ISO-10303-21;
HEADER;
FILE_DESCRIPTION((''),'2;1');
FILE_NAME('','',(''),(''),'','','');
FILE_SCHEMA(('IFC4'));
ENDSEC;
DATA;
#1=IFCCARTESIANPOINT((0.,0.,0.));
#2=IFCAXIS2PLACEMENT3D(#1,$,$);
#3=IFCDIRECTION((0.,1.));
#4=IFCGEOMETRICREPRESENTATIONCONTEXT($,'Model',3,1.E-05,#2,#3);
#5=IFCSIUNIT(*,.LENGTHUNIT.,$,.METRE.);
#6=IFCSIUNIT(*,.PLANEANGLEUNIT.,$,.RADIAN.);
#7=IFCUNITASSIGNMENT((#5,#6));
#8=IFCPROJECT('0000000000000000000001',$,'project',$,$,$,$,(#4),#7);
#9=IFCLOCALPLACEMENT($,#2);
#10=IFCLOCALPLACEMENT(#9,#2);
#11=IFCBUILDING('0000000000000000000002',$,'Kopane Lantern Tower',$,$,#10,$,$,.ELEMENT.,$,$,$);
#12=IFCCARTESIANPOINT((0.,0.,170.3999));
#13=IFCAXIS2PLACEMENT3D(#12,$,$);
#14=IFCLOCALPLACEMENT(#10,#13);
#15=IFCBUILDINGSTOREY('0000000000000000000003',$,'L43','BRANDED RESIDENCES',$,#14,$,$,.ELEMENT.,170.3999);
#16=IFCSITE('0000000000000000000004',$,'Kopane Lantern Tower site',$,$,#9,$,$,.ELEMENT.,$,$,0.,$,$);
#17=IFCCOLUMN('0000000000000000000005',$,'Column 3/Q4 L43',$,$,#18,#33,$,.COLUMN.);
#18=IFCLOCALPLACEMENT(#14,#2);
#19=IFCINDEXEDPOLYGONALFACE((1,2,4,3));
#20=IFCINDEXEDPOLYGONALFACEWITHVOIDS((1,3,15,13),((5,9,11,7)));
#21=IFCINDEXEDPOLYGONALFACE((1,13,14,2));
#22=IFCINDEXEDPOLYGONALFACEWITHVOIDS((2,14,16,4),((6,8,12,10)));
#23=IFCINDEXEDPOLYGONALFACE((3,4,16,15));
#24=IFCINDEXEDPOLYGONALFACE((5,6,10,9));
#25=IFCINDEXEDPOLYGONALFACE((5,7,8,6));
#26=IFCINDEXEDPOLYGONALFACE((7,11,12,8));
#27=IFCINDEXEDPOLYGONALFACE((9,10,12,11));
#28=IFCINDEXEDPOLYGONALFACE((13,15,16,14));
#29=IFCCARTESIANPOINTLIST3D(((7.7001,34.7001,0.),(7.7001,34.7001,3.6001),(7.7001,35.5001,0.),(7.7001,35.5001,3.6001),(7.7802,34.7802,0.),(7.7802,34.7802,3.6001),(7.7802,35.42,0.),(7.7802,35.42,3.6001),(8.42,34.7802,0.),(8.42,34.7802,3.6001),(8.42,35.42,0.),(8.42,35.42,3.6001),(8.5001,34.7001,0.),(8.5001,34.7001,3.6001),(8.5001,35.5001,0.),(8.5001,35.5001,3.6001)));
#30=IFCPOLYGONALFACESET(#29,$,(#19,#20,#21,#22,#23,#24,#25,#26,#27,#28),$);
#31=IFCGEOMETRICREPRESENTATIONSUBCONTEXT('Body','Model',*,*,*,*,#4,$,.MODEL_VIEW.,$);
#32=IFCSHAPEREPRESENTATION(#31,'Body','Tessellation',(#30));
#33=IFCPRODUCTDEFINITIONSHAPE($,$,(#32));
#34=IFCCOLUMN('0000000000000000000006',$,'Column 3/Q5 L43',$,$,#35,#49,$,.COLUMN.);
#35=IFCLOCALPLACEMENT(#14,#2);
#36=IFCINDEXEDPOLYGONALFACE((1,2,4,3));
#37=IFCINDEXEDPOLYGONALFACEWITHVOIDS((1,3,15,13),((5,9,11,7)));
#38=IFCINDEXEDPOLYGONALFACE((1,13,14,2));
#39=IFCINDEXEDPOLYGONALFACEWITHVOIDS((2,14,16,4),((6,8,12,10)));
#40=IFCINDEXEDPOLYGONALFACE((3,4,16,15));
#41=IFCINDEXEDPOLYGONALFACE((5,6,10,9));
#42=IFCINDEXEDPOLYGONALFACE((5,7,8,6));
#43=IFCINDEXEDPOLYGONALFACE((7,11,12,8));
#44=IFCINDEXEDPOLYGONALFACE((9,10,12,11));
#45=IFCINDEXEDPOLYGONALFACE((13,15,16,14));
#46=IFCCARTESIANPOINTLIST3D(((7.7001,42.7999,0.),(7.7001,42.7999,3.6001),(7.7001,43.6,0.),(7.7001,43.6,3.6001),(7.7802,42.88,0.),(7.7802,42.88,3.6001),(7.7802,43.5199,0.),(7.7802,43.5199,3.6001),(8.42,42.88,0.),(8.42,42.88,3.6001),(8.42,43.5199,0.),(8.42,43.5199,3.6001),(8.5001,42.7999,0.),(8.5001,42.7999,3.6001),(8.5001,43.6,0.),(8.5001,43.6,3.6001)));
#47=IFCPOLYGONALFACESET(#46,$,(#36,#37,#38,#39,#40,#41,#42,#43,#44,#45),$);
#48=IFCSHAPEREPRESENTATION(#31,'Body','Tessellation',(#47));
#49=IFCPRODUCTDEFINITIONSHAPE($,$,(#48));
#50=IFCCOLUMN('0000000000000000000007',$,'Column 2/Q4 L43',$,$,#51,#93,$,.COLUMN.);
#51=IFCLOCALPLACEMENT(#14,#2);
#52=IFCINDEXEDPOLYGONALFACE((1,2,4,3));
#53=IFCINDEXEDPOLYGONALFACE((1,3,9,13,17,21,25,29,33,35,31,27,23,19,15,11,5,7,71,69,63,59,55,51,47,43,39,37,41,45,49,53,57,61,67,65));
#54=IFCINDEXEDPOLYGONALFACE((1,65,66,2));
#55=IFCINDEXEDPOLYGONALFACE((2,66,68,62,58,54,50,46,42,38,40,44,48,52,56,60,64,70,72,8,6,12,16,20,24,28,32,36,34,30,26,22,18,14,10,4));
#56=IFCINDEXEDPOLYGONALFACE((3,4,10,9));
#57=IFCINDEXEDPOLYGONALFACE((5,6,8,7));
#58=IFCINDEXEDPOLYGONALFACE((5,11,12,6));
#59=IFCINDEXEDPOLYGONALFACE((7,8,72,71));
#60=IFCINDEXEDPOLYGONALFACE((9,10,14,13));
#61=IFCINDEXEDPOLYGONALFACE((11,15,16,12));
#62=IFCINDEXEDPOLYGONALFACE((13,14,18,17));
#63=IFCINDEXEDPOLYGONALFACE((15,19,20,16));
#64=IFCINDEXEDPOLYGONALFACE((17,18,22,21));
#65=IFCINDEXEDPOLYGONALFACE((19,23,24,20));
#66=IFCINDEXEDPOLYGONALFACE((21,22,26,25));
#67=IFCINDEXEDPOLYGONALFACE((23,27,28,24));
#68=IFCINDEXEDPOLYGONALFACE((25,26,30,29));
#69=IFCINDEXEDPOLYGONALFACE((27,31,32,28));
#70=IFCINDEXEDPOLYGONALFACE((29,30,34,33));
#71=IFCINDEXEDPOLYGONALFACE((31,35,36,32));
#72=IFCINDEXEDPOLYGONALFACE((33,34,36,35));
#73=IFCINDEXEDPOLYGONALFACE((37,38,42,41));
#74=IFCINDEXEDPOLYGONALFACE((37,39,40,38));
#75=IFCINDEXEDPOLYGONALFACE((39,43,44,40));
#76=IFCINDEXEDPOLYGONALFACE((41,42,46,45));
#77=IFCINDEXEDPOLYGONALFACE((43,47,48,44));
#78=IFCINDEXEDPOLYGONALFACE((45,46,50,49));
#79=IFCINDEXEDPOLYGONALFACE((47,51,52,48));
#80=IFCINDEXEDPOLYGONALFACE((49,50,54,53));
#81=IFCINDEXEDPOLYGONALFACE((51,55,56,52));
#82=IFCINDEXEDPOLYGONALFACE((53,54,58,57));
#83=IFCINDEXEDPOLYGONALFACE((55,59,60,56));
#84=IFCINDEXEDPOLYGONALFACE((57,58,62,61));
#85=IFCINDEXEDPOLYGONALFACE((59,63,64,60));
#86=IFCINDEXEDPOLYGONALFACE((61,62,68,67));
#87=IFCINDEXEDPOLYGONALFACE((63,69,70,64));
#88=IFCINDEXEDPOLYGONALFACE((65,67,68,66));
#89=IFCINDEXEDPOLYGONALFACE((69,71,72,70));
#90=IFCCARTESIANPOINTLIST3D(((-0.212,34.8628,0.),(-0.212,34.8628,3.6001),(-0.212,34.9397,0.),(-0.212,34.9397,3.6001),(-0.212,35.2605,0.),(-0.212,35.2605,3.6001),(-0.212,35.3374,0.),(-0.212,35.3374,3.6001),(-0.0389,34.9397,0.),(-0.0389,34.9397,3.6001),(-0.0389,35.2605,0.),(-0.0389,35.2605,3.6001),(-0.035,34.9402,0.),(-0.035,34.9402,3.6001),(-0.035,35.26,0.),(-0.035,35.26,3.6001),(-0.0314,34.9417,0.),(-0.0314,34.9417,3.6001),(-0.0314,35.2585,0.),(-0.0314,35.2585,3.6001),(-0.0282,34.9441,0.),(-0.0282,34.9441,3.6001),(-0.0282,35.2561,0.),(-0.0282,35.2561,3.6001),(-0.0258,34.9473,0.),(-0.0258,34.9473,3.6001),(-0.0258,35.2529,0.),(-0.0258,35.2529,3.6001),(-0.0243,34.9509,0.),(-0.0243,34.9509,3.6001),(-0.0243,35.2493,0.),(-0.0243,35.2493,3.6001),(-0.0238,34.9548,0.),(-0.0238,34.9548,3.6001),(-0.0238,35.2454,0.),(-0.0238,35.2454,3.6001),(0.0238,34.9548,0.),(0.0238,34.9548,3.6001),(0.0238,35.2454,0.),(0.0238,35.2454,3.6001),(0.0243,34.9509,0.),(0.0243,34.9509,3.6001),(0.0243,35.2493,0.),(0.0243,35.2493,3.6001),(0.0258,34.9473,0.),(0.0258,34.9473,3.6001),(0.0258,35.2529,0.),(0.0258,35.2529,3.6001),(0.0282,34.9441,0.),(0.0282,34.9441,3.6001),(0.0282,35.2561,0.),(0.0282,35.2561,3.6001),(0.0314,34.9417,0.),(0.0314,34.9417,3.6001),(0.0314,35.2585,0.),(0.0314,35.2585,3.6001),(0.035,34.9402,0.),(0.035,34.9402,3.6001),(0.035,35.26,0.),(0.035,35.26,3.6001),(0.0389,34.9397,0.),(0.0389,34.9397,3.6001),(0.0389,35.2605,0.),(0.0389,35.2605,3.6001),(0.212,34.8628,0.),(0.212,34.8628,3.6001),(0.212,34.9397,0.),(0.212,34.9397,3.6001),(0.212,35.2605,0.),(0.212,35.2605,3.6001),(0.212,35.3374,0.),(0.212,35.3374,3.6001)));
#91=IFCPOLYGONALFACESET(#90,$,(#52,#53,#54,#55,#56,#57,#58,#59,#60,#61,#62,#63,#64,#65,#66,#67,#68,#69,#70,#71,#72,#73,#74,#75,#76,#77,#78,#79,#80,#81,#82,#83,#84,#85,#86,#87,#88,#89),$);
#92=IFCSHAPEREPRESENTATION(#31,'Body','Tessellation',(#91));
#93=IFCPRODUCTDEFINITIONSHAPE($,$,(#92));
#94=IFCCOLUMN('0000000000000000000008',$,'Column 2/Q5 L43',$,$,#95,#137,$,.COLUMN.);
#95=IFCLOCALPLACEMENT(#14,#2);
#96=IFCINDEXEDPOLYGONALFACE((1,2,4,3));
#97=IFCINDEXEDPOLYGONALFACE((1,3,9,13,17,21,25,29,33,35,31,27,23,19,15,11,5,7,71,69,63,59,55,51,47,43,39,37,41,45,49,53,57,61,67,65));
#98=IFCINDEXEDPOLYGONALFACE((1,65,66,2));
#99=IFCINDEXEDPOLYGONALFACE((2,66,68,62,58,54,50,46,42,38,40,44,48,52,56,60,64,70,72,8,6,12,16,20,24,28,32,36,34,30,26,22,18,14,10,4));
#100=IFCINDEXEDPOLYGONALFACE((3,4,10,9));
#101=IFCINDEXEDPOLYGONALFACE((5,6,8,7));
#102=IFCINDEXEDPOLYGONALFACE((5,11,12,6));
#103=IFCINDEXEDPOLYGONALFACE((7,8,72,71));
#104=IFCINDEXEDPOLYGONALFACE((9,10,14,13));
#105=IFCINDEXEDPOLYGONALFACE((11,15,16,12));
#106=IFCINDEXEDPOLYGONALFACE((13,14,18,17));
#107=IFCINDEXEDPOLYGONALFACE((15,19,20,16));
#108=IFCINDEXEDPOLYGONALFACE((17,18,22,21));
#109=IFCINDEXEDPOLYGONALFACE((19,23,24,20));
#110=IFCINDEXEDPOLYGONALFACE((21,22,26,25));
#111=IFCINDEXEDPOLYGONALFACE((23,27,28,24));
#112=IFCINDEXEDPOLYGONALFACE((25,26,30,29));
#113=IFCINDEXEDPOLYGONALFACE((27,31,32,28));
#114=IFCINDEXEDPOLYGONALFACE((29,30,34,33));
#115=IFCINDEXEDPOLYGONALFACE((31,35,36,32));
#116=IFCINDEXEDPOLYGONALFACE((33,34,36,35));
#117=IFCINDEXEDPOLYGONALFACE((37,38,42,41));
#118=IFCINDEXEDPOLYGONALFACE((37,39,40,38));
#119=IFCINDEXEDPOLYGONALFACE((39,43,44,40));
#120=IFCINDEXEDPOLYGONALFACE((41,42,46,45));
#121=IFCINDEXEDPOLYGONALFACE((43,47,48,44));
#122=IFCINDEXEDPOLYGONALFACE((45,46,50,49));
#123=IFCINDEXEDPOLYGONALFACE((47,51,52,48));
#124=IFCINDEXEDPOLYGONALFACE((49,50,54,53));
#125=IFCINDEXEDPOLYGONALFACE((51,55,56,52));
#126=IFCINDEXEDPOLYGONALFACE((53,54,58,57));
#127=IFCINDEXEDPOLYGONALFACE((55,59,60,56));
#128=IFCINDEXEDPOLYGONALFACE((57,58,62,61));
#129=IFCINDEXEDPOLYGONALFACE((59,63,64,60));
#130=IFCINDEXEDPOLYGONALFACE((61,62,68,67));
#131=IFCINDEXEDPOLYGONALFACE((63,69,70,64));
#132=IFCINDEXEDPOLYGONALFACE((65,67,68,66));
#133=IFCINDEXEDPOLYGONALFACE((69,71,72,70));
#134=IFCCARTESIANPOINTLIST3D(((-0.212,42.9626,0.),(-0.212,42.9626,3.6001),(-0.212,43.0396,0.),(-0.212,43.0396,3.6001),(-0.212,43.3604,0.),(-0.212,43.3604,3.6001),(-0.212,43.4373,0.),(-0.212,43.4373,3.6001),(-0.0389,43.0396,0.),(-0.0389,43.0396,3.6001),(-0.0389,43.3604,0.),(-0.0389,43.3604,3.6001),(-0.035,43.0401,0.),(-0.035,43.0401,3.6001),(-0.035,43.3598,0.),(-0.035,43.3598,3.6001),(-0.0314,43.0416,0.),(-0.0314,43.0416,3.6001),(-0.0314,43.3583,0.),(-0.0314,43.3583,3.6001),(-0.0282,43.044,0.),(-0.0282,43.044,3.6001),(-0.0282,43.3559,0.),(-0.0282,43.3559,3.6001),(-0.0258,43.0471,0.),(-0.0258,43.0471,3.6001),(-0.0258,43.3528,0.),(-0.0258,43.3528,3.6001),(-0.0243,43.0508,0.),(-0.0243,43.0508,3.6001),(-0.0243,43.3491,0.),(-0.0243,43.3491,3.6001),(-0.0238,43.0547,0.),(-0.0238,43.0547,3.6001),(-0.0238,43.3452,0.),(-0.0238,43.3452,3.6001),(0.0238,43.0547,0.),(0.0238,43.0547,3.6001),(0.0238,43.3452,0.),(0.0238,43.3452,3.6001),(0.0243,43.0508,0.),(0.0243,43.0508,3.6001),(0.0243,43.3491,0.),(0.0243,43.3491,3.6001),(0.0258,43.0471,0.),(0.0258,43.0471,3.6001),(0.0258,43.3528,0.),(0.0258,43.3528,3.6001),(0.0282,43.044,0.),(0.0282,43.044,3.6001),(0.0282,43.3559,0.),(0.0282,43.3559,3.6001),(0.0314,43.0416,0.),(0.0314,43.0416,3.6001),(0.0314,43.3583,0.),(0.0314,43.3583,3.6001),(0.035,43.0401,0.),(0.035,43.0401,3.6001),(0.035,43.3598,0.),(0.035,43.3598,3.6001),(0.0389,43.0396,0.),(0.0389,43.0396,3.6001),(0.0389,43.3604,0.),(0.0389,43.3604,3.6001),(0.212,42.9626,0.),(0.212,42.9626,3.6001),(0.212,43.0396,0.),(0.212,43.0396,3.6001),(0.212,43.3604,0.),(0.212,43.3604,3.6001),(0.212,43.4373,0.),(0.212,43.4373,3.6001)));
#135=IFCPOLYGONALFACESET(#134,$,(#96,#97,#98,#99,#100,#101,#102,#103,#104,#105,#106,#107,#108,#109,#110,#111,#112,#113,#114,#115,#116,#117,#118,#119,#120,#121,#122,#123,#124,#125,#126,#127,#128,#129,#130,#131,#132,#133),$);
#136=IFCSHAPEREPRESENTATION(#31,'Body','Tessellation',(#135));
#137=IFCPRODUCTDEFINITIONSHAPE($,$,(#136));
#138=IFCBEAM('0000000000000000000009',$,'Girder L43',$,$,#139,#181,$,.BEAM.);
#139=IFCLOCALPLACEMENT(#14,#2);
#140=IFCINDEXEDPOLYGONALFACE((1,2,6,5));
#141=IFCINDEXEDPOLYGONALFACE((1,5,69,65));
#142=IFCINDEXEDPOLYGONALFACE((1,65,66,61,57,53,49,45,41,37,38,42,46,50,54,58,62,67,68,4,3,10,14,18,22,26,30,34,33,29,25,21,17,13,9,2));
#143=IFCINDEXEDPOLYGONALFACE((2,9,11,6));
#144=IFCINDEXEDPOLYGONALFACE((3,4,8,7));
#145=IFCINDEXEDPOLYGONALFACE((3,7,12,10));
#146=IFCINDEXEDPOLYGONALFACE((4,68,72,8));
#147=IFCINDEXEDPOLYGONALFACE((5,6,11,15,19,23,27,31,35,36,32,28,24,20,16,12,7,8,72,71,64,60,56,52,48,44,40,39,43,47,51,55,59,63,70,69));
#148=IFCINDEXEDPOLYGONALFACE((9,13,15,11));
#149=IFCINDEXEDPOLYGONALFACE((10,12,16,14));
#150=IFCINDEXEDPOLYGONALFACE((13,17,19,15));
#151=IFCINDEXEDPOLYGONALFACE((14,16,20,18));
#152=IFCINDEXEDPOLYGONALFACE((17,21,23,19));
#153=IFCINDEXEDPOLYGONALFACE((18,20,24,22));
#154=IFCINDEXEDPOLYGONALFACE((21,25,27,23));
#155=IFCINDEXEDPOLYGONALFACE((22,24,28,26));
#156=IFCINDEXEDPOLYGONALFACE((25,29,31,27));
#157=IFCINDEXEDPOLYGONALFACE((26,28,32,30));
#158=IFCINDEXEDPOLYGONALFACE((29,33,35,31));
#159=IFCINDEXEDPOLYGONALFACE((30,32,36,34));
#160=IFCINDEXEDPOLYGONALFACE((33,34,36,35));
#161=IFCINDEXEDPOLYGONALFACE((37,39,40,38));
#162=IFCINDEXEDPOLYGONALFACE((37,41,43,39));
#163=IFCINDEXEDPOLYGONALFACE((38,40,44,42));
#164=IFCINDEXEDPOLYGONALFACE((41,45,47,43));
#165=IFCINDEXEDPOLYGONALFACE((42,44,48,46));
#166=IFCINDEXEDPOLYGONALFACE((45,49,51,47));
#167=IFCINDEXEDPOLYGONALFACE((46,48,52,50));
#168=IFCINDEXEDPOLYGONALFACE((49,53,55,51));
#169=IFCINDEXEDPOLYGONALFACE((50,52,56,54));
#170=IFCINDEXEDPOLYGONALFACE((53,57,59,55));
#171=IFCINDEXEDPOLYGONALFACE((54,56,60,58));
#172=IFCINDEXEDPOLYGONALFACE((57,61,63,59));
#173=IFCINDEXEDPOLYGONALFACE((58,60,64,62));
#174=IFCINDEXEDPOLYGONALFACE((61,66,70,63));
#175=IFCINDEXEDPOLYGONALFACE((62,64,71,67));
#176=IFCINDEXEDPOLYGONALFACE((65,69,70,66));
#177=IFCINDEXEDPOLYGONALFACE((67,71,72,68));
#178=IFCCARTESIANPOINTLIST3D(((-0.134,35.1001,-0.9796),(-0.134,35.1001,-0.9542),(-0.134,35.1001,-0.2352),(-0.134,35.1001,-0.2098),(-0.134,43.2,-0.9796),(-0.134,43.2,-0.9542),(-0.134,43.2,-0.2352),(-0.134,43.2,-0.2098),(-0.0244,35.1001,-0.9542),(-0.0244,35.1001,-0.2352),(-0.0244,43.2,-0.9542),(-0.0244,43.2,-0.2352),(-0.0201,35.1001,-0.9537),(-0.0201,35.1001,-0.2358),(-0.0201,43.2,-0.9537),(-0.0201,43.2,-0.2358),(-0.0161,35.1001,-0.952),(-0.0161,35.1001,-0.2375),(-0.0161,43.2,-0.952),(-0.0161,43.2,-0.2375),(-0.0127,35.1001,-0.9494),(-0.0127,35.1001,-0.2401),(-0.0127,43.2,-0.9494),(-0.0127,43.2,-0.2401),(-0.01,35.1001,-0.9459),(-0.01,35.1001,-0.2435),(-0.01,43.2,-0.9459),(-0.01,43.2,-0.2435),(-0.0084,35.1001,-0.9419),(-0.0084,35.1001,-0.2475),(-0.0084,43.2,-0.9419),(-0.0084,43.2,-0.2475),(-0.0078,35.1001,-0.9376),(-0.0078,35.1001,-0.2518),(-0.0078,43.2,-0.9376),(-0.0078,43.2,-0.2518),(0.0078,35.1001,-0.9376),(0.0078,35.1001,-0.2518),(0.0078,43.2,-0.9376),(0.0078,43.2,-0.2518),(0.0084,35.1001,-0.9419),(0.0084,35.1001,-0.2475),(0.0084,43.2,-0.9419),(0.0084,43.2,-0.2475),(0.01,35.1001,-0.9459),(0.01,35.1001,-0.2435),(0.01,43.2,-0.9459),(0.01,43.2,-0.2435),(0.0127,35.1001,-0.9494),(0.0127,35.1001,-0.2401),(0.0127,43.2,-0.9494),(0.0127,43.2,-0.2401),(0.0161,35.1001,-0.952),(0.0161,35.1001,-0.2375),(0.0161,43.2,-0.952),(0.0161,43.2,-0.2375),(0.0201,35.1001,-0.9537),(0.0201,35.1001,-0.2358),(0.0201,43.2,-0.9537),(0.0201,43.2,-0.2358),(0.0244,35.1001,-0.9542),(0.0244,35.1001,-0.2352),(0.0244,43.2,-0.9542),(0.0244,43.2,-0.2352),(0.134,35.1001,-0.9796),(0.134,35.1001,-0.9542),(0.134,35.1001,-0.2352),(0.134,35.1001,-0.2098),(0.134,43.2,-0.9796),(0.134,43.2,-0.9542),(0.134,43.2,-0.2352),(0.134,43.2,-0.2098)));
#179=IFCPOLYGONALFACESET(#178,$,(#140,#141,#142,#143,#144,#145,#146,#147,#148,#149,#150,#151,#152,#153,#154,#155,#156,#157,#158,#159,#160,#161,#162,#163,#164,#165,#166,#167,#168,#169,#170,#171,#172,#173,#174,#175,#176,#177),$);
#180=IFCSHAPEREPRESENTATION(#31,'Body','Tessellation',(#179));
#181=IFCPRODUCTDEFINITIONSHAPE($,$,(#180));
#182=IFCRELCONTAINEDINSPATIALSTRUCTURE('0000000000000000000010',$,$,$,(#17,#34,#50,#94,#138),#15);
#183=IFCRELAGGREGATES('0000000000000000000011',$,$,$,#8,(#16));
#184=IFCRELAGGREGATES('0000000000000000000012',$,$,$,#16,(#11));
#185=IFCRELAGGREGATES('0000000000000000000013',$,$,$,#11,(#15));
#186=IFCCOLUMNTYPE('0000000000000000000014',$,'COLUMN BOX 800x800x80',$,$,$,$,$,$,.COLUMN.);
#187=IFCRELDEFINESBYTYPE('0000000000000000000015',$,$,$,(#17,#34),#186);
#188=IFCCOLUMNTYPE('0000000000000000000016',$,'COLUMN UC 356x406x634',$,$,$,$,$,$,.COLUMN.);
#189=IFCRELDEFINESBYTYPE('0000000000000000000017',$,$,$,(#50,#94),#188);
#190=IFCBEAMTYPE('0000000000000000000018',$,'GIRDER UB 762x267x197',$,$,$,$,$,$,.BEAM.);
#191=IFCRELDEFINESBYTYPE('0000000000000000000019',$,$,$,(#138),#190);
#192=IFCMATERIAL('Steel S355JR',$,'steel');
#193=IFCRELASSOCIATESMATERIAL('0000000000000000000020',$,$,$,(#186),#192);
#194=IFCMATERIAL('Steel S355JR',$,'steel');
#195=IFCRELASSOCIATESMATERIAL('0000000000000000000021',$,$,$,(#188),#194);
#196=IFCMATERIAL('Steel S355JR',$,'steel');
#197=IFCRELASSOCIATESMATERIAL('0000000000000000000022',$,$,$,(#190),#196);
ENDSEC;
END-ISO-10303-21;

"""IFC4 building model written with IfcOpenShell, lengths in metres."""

from ifc_helpers import new_model, si_unit, direction, frame, origin, origin_2d, place, context, subcontext, project, spatial, hollow_rectangle, i_section, extrude, material, material_profile, profile_set, type_object, element, save


model = new_model("IFC4")

# Units and contexts
model_context = context("Model", 3, precision=1e-05, world=origin(), true_north=direction((0.0, 1.0)))
body_context = subcontext(model_context, "Body", "Model", "MODEL_VIEW")
ifc_project = project(units=[si_unit("LENGTHUNIT", "METRE"), si_unit("PLANEANGLEUNIT", "RADIAN")], contexts=[model_context])

# Site, building, storey
site_placement = place(None, origin())
site = spatial("IfcSite", under=ifc_project, at=site_placement, Name="Kopane Lantern Tower site", CompositionType="ELEMENT", RefElevation=0.0)
building_placement = place(site_placement, origin())
building = spatial("IfcBuilding", under=site, at=building_placement, Name="Kopane Lantern Tower", CompositionType="ELEMENT")
storey_placement = place(building_placement, frame((0.0, 0.0, 170.3999)))
storey = spatial("IfcBuildingStorey", under=building, at=storey_placement, Name="L43", Description="BRANDED RESIDENCES", CompositionType="ELEMENT", Elevation=170.3999)

# Columns
ifc_material_1 = material(Name="Steel S355JR", Category="steel")
ifc_material_profile_1 = material_profile(ifc_material_1, hollow_rectangle(XDim=0.8, YDim=0.8, WallThickness=0.0801, at=origin_2d()), Name="BOX 800x800x80")
ifc_profile_set_1 = profile_set([ifc_material_profile_1], Name="Steel S355JR")
column_type_1 = type_object("IfcColumnType", Name="COLUMN BOX 800x800x80", PredefinedType="COLUMN", material=ifc_profile_set_1)
for number, where, z_axis, x_axis, name in (
    (1, (8.1001, 35.1001, 0.0), (0.0, 0.0, 1.0), (1.0, 0.0, 0.0), "Column 3/Q4 L43"),
    (2, (8.1001, 43.2, 0.0), (0.0, 0.0, 1.0), (1.0, 0.0, 0.0), "Column 3/Q5 L43"),
):
    element("IfcColumn", number, at=place(storey_placement, frame(where, z_axis=z_axis, x_axis=x_axis)), inside=storey, type_object=column_type_1, Name=name, PredefinedType="COLUMN", context=body_context, shape_type="SweptSolid", body=[
        extrude(hollow_rectangle(XDim=0.8, YDim=0.8, WallThickness=0.0801, at=origin_2d()), origin(), (0.0, 0.0, 1.0), 3.6001),
    ])
ifc_material_2 = material(Name="Steel S355JR", Category="steel")
ifc_material_profile_2 = material_profile(ifc_material_2, i_section(OverallWidth=0.4241, OverallDepth=0.4746, WebThickness=0.0476, FlangeThickness=0.0769, FilletRadius=0.0151, at=origin_2d()), Name="UC 356x406x634")
ifc_profile_set_2 = profile_set([ifc_material_profile_2], Name="Steel S355JR")
column_type_2 = type_object("IfcColumnType", Name="COLUMN UC 356x406x634", PredefinedType="COLUMN", material=ifc_profile_set_2)
for number, where, z_axis, x_axis, name in (
    (3, (0.0, 35.1001, 0.0), (0.0, 0.0, 1.0), (1.0, 0.0, 0.0), "Column 2/Q4 L43"),
    (4, (0.0, 43.2, 0.0), (0.0, 0.0, 1.0), (1.0, 0.0, 0.0), "Column 2/Q5 L43"),
):
    element("IfcColumn", number, at=place(storey_placement, frame(where, z_axis=z_axis, x_axis=x_axis)), inside=storey, type_object=column_type_2, Name=name, PredefinedType="COLUMN", context=body_context, shape_type="SweptSolid", body=[
        extrude(i_section(OverallWidth=0.4241, OverallDepth=0.4746, WebThickness=0.0476, FlangeThickness=0.0769, FilletRadius=0.0151, at=origin_2d()), origin(), (0.0, 0.0, 1.0), 3.6001),
    ])

# Beam
ifc_material_3 = material(Name="Steel S355JR", Category="steel")
ifc_material_profile_3 = material_profile(ifc_material_3, i_section(OverallWidth=0.2681, OverallDepth=0.7698, WebThickness=0.0156, FlangeThickness=0.0254, FilletRadius=0.0166, at=origin_2d()), Name="UB 762x267x197")
ifc_profile_set_3 = profile_set([ifc_material_profile_3], Name="Steel S355JR")
beam_type = type_object("IfcBeamType", Name="GIRDER UB 762x267x197", PredefinedType="BEAM", material=ifc_profile_set_3)
beam_1_placement = place(storey_placement, frame((0.0, 35.1001, -0.5947), z_axis=(0.0, 1.0, 0.0), x_axis=(-1.0, 0.0, 0.0)))
element("IfcBeam", 5, at=beam_1_placement, inside=storey, type_object=beam_type, Name="Girder L43", PredefinedType="BEAM", context=body_context, shape_type="SweptSolid", body=[
    extrude(i_section(OverallWidth=0.2681, OverallDepth=0.7698, WebThickness=0.0156, FlangeThickness=0.0254, FilletRadius=0.0166, at=origin_2d()), origin(), (0.0, 0.0, 1.0), 8.0999),
])

save(model, "model.ifc")
